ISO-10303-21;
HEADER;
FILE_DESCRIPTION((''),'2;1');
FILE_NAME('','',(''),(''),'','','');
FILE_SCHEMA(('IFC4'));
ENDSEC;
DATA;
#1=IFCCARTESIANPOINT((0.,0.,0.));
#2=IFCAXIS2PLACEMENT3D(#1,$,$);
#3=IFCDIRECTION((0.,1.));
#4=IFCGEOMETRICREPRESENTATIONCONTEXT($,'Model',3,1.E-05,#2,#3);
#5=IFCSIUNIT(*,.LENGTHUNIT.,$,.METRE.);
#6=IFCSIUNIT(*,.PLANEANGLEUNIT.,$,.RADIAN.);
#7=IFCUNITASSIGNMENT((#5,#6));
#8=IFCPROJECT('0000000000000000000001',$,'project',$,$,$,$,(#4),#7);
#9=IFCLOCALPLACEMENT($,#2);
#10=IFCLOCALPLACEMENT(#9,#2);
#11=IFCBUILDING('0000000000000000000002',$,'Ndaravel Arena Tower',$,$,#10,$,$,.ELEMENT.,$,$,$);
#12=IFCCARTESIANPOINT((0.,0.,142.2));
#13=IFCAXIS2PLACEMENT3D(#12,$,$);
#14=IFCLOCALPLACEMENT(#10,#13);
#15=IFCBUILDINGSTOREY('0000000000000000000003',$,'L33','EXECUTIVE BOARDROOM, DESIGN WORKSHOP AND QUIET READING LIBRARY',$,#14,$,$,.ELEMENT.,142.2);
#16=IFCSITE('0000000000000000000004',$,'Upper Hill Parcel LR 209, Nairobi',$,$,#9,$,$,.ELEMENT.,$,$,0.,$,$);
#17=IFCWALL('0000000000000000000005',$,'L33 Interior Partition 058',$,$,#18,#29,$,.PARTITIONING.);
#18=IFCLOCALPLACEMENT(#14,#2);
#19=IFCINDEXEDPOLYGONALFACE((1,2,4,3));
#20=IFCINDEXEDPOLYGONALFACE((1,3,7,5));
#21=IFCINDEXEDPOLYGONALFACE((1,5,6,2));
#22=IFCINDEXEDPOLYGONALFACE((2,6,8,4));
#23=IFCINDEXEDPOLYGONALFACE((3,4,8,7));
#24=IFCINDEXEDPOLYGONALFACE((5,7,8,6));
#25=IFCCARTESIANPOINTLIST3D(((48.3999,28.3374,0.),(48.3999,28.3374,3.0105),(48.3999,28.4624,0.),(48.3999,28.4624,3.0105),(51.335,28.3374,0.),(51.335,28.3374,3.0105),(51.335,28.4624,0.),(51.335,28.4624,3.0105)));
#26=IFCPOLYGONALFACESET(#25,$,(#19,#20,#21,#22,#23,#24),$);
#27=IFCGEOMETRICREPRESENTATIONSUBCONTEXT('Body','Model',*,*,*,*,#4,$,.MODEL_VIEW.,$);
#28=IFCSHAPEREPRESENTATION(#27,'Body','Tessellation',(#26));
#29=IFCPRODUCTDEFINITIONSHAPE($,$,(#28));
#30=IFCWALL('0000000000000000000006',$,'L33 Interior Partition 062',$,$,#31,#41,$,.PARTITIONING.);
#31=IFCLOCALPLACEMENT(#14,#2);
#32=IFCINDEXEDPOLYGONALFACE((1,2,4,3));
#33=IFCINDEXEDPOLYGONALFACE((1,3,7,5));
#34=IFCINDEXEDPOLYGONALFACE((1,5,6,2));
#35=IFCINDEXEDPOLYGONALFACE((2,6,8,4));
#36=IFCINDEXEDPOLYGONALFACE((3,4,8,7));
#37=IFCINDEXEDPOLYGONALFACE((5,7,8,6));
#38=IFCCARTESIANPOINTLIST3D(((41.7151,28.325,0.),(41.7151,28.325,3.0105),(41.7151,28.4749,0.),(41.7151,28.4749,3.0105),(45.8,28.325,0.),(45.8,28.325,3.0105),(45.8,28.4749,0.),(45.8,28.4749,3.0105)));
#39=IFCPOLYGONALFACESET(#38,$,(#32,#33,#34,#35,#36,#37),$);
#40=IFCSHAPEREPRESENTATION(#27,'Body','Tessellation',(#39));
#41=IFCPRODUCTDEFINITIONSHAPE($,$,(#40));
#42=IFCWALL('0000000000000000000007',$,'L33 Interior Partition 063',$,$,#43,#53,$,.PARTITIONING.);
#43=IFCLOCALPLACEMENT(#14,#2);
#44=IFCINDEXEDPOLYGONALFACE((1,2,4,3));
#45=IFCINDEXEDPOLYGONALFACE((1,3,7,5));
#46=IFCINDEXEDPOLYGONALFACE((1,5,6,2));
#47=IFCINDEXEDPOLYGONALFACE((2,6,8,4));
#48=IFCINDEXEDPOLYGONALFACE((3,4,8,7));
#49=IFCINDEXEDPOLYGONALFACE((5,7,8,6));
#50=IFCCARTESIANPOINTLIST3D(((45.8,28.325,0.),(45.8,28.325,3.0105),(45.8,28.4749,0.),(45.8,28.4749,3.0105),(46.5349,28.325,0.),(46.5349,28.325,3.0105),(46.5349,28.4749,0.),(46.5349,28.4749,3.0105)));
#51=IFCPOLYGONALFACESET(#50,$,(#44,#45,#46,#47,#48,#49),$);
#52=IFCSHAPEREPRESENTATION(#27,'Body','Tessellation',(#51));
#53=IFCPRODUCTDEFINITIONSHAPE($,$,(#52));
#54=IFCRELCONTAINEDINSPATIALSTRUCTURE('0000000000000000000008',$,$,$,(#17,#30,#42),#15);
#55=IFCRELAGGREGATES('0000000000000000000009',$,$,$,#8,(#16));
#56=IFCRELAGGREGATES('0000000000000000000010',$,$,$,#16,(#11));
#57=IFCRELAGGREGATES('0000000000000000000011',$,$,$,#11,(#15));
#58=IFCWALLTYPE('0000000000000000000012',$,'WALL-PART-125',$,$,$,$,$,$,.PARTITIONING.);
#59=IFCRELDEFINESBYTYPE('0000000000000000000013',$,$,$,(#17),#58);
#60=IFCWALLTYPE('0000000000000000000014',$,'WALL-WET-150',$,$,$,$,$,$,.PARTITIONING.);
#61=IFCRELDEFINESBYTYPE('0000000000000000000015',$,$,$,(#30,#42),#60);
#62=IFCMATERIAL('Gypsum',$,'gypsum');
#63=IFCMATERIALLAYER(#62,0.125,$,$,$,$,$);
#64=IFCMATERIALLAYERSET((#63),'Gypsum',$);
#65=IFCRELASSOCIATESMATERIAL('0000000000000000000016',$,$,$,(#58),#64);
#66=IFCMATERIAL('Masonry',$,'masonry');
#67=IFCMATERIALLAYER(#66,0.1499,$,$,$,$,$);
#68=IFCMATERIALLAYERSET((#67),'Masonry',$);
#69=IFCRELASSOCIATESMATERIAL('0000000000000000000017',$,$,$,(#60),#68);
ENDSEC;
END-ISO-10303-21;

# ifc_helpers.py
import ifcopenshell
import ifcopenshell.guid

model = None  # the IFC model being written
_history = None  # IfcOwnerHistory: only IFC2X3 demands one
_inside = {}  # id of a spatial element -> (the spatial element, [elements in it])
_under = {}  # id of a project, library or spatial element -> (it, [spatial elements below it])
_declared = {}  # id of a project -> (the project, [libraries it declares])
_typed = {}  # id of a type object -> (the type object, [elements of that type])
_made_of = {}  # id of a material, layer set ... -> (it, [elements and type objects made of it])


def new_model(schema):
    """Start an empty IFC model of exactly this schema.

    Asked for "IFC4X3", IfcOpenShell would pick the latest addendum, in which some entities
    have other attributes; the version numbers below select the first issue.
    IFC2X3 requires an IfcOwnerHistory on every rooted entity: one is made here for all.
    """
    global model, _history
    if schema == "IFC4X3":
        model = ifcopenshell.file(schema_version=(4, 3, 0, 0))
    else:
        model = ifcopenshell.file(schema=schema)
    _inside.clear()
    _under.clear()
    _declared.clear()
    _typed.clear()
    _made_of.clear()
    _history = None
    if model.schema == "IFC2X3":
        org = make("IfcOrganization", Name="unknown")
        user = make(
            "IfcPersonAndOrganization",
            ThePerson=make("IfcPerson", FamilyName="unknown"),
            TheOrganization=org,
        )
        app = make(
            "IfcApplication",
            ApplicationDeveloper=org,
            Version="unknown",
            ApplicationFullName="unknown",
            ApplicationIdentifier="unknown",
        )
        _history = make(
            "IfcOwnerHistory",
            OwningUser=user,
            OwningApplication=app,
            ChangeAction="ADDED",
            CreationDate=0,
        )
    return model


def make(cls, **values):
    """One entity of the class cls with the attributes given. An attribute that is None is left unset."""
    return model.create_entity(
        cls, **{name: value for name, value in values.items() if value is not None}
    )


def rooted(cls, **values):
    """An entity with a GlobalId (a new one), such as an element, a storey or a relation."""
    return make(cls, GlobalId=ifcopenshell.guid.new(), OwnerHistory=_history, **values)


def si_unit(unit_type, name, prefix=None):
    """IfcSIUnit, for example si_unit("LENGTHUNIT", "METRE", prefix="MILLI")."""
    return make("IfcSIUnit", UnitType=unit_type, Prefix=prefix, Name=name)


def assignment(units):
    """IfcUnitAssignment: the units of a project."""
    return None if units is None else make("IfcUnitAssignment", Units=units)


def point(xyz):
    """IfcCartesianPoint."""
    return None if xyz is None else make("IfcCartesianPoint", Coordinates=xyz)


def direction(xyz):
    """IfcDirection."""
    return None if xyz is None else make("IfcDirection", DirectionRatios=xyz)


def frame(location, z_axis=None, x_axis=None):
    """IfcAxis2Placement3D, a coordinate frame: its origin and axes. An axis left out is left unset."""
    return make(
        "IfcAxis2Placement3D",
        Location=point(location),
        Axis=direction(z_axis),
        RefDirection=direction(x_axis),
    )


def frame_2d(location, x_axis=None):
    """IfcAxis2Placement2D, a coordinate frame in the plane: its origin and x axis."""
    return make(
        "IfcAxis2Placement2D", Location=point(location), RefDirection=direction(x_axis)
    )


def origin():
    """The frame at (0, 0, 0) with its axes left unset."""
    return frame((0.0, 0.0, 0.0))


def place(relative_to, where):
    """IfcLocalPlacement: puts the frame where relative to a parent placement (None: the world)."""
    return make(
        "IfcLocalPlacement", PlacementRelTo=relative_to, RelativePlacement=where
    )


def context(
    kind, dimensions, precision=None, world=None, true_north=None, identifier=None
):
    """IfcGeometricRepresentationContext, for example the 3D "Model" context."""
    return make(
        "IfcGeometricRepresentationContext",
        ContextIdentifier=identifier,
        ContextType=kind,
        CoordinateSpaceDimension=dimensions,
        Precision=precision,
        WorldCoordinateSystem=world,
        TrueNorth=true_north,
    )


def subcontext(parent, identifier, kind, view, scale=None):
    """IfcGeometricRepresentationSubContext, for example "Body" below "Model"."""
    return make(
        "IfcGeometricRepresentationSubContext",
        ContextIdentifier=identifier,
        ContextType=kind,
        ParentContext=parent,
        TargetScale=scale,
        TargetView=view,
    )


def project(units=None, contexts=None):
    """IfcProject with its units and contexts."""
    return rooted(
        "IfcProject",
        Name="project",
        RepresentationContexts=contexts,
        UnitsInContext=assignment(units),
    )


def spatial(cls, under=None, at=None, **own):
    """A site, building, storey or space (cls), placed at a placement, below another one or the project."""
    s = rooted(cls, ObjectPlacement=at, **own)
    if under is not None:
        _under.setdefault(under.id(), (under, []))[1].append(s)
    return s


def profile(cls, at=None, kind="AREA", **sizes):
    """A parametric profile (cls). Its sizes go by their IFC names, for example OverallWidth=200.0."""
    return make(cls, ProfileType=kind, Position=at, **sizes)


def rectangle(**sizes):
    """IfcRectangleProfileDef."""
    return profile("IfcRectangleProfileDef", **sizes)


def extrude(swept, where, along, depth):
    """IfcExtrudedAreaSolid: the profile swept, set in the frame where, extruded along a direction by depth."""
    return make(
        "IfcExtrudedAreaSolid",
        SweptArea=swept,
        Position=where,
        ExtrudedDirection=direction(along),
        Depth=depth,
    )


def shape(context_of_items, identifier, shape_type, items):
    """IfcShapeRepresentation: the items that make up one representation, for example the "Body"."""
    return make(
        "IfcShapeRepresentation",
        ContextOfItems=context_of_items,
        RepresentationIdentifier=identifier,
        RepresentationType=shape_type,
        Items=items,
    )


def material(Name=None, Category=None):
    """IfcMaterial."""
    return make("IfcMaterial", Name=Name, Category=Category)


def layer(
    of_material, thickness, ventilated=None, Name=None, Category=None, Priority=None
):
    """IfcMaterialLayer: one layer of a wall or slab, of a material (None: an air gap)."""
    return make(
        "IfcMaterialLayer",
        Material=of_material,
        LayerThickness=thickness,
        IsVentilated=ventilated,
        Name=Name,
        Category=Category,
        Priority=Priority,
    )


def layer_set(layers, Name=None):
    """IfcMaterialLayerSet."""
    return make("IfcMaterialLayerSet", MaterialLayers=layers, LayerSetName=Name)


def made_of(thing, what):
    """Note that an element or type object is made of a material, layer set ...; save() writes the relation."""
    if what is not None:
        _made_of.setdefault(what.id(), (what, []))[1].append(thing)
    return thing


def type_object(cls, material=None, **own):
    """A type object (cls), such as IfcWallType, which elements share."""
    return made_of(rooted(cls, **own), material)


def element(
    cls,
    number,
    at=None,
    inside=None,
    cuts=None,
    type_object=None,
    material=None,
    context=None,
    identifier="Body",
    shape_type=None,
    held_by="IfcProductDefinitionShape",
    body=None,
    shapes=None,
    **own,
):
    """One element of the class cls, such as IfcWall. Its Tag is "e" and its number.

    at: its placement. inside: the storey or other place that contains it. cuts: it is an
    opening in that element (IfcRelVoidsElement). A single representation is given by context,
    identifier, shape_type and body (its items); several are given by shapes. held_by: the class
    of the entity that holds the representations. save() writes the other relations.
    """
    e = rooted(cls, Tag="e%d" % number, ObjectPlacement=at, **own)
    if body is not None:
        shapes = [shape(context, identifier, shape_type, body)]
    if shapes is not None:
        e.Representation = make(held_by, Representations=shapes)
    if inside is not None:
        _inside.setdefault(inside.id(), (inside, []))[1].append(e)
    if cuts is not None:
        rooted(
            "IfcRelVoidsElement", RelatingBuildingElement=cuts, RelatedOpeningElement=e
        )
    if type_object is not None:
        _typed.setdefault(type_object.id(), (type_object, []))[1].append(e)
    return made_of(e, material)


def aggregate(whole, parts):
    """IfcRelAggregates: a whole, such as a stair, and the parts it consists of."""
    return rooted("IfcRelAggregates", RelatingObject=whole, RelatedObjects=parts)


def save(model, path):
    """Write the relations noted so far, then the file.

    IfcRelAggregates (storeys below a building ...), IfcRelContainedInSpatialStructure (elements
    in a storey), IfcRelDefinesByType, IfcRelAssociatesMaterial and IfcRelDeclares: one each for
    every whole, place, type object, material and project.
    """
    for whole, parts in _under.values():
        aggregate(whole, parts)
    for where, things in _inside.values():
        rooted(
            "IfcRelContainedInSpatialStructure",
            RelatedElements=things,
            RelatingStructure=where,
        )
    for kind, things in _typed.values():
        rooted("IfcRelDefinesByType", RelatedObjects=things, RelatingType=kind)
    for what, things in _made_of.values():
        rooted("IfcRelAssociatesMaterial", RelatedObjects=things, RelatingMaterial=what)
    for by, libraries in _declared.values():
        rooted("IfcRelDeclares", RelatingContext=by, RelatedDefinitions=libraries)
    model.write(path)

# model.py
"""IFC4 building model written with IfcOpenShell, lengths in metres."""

from ifc_helpers import new_model, si_unit, direction, frame, frame_2d, origin, place, context, subcontext, project, spatial, rectangle, extrude, material, layer, layer_set, type_object, element, save


model = new_model("IFC4")

# Units and contexts
model_context = context("Model", 3, precision=1e-05, world=origin(), true_north=direction((0.0, 1.0)))
body_context = subcontext(model_context, "Body", "Model", "MODEL_VIEW")
ifc_project = project(units=[si_unit("LENGTHUNIT", "METRE"), si_unit("PLANEANGLEUNIT", "RADIAN")], contexts=[model_context])

# Site, building, storey
site_placement = place(None, origin())
site = spatial("IfcSite", under=ifc_project, at=site_placement, Name="Upper Hill Parcel LR 209, Nairobi", CompositionType="ELEMENT", RefElevation=0.0)
building_placement = place(site_placement, origin())
building = spatial("IfcBuilding", under=site, at=building_placement, Name="Ndaravel Arena Tower", CompositionType="ELEMENT")
storey_placement = place(building_placement, frame((0.0, 0.0, 142.2)))
storey = spatial("IfcBuildingStorey", under=building, at=storey_placement, Name="L33", Description="EXECUTIVE BOARDROOM, DESIGN WORKSHOP AND QUIET READING LIBRARY", CompositionType="ELEMENT", Elevation=142.2)

# Shared definitions
ifc_material_1 = material(Name="Gypsum", Category="gypsum")
ifc_layer_1 = layer(ifc_material_1, 0.125)
ifc_layer_set_1 = layer_set([ifc_layer_1], Name="Gypsum")
wall_type_1 = type_object("IfcWallType", Name="WALL-PART-125", PredefinedType="PARTITIONING", material=ifc_layer_set_1)

# Walls
wall_1_placement = place(storey_placement, frame((48.3999, 28.3999, 0.0), z_axis=(0.0, 0.0, 1.0), x_axis=(1.0, 0.0, 0.0)))
element("IfcWall", 1, at=wall_1_placement, inside=storey, type_object=wall_type_1, Name="L33 Interior Partition 058", PredefinedType="PARTITIONING", context=body_context, shape_type="SweptSolid", body=[
    extrude(rectangle(XDim=2.9351, YDim=0.125, at=frame_2d((1.4675, 0.0))), origin(), (0.0, 0.0, 1.0), 3.0105),
])
ifc_material_2 = material(Name="Masonry", Category="masonry")
ifc_layer_2 = layer(ifc_material_2, 0.1499)
ifc_layer_set_2 = layer_set([ifc_layer_2], Name="Masonry")
wall_type_2 = type_object("IfcWallType", Name="WALL-WET-150", PredefinedType="PARTITIONING", material=ifc_layer_set_2)
wall_2_placement = place(storey_placement, frame((41.7151, 28.3999, 0.0), z_axis=(0.0, 0.0, 1.0), x_axis=(1.0, 0.0, 0.0)))
element("IfcWall", 2, at=wall_2_placement, inside=storey, type_object=wall_type_2, Name="L33 Interior Partition 062", PredefinedType="PARTITIONING", context=body_context, shape_type="SweptSolid", body=[
    extrude(rectangle(XDim=4.085, YDim=0.1499, at=frame_2d((2.0425, 0.0))), origin(), (0.0, 0.0, 1.0), 3.0105),
])
wall_3_placement = place(storey_placement, frame((45.8, 28.3999, 0.0), z_axis=(0.0, 0.0, 1.0), x_axis=(1.0, 0.0, 0.0)))
element("IfcWall", 3, at=wall_3_placement, inside=storey, type_object=wall_type_2, Name="L33 Interior Partition 063", PredefinedType="PARTITIONING", context=body_context, shape_type="SweptSolid", body=[
    extrude(rectangle(XDim=0.7349, YDim=0.1499, at=frame_2d((0.3674, 0.0))), origin(), (0.0, 0.0, 1.0), 3.0105),
])

save(model, "model.ifc")
